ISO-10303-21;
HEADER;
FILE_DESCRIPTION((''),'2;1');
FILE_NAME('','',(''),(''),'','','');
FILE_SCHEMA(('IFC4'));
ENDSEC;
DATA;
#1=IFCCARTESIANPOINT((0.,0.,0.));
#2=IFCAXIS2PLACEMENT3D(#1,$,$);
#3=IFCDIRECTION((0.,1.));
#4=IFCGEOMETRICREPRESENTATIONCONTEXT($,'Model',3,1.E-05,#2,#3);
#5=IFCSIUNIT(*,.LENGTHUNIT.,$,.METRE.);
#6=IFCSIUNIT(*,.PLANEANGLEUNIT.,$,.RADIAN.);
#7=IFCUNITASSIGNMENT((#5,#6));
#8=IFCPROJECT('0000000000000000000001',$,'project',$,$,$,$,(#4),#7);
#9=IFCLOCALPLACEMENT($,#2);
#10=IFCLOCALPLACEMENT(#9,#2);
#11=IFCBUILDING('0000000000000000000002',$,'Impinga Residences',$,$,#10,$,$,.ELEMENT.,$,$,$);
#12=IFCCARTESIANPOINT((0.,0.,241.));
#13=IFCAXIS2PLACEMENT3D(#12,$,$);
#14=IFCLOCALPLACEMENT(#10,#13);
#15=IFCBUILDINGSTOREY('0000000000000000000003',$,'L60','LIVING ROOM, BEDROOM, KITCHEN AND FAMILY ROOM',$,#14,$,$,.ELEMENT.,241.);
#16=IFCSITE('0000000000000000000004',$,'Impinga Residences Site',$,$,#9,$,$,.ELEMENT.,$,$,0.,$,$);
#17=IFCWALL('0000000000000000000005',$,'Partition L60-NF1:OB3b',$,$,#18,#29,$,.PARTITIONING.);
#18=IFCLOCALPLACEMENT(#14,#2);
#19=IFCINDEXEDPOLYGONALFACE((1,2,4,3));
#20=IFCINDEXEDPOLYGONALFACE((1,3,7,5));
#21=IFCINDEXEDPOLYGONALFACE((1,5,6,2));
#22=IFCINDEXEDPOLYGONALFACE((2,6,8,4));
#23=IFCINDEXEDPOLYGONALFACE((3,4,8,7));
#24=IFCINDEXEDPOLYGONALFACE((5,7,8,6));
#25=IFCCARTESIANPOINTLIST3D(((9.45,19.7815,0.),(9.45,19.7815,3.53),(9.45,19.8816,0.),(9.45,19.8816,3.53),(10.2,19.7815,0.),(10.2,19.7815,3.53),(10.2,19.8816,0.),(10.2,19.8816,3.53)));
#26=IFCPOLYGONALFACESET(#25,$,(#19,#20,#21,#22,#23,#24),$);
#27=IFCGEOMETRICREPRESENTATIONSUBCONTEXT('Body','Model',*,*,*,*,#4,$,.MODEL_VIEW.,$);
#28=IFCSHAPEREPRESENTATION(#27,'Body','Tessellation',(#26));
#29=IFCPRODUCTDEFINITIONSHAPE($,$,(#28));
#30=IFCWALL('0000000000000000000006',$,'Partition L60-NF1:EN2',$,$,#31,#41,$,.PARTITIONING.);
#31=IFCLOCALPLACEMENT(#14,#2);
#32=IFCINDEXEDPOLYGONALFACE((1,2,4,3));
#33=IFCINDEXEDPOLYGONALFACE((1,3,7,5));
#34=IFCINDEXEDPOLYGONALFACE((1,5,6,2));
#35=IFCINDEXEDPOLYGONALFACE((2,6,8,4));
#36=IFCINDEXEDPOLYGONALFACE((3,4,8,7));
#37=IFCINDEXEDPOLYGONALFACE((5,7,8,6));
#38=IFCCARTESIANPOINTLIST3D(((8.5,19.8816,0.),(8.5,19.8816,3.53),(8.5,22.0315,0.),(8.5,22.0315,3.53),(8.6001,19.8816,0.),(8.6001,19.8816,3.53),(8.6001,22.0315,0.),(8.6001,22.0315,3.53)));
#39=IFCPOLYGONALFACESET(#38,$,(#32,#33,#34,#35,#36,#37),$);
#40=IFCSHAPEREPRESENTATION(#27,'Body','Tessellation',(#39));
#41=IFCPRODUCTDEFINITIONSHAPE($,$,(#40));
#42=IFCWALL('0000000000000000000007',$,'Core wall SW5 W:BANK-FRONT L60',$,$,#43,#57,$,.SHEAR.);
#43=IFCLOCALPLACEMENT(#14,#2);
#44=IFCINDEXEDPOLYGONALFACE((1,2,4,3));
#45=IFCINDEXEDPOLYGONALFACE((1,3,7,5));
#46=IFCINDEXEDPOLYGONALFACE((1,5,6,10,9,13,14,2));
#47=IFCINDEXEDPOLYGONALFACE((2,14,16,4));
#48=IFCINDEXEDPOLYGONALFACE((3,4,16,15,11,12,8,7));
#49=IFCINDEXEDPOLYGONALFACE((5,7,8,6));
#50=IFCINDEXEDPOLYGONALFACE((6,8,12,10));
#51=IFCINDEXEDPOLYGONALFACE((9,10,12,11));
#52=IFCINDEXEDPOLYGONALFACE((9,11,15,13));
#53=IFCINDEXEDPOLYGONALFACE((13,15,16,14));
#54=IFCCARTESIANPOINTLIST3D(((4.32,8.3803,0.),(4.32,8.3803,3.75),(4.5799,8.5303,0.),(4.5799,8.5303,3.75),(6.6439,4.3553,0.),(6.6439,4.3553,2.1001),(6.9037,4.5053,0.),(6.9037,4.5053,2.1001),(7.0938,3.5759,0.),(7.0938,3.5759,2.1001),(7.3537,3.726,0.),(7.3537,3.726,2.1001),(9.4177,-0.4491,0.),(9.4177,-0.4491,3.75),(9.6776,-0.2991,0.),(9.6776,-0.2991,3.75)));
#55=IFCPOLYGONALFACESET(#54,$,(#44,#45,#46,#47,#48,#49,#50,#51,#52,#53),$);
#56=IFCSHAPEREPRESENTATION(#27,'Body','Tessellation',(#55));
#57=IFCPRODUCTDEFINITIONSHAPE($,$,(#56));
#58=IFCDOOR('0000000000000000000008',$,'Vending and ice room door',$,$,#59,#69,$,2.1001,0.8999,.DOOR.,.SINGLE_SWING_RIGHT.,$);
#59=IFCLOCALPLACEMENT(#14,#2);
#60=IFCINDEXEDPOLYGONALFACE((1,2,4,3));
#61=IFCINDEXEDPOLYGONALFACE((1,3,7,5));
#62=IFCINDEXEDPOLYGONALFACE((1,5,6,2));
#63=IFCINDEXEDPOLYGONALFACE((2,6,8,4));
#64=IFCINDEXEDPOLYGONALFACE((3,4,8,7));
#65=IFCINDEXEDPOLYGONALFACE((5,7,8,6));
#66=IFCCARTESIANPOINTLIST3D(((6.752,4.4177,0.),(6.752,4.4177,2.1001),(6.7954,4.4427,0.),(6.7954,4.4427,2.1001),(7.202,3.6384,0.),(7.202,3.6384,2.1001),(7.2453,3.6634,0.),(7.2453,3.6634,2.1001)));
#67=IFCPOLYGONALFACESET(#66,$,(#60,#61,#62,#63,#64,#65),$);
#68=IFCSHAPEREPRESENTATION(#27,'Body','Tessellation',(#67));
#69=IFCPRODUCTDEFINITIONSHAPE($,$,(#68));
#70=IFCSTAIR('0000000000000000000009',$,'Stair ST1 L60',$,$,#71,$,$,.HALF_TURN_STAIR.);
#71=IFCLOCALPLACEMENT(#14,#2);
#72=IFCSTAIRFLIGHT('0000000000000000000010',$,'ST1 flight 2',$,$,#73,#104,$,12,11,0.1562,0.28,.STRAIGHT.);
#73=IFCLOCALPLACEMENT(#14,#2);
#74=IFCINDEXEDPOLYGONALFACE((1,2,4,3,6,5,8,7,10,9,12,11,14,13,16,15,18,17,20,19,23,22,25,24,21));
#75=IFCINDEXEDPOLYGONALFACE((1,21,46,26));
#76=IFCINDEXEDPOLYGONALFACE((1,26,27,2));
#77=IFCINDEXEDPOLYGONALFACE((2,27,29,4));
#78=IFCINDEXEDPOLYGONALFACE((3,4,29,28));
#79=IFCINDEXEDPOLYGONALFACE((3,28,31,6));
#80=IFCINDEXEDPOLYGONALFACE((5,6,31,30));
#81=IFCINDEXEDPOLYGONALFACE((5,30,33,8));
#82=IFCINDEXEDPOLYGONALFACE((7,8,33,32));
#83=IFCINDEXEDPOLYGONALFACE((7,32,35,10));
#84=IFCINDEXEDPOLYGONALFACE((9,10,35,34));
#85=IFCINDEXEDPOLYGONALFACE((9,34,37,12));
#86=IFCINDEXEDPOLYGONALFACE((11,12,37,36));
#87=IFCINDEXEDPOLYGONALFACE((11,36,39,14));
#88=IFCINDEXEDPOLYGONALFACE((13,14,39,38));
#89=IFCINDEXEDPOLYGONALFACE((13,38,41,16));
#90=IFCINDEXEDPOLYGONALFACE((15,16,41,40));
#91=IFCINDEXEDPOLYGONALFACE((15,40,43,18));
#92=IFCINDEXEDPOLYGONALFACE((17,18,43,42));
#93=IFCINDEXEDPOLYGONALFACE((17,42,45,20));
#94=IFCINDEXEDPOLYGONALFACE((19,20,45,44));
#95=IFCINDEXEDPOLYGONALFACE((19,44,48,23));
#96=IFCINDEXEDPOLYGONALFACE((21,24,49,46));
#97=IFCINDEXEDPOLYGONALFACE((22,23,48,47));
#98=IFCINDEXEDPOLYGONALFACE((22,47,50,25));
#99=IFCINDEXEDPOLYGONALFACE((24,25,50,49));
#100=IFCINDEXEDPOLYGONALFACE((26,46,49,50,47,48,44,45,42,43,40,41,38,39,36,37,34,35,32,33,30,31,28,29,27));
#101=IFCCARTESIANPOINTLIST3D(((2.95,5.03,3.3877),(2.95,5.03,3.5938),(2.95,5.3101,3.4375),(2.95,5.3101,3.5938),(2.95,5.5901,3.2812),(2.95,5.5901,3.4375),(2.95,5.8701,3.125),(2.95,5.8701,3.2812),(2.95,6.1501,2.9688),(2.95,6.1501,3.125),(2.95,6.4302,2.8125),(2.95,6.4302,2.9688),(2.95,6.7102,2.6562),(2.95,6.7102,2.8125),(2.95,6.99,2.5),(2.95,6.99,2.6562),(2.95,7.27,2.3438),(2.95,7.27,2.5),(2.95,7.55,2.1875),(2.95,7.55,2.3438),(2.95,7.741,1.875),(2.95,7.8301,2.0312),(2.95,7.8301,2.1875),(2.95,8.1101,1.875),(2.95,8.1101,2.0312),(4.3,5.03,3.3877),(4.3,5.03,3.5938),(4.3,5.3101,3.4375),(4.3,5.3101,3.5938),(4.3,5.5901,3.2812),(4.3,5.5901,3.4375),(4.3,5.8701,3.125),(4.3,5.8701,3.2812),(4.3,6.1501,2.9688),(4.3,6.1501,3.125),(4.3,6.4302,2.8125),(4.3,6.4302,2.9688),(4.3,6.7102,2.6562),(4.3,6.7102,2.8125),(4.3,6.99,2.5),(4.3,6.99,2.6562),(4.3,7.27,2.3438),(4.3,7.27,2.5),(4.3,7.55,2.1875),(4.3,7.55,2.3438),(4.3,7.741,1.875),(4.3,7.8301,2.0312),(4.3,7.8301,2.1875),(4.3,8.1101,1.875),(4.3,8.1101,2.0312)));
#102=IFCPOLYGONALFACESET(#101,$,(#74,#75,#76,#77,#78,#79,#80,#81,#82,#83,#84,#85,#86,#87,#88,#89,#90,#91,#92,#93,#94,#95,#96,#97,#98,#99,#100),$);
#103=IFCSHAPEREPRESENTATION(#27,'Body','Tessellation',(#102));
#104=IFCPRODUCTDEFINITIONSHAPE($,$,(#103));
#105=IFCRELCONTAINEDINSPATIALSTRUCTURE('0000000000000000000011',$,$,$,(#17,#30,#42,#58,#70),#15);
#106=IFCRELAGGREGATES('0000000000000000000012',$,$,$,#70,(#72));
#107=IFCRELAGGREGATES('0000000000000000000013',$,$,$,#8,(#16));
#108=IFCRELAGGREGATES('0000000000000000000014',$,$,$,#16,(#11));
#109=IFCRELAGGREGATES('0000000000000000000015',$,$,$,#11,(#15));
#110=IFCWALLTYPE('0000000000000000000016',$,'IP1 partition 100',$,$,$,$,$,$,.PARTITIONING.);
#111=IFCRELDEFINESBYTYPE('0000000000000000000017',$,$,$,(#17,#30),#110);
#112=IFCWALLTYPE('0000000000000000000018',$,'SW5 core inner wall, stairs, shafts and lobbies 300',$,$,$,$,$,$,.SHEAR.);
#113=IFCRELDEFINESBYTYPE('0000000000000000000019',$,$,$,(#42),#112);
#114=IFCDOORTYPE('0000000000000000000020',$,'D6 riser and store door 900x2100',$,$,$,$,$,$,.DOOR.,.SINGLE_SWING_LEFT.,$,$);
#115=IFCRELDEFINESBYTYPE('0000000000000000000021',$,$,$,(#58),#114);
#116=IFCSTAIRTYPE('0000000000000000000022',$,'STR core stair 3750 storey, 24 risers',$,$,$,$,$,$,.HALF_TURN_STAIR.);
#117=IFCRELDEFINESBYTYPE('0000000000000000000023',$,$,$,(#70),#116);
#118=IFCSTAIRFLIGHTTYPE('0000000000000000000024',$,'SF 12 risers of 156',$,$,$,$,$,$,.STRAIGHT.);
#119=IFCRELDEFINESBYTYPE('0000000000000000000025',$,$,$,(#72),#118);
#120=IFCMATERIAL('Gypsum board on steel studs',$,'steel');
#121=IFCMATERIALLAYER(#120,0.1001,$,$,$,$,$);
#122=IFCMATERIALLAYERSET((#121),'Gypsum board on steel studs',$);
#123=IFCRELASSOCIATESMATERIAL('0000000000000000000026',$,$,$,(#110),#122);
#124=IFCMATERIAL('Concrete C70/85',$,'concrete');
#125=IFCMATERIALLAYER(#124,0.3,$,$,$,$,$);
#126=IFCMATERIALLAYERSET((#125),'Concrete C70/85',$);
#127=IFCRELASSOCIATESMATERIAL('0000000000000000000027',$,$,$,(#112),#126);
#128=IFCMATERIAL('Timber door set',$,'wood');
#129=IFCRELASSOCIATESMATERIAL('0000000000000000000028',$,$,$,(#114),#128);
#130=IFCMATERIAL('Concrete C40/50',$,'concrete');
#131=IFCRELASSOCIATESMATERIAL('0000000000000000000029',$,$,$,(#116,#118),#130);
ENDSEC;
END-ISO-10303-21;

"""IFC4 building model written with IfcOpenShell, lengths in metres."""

from ifc_helpers import new_model, si_unit, direction, frame, frame_2d, origin, place, context, subcontext, project, spatial, polyline, rectangle, outline, extrude, material, layer, layer_set, type_object, element, fill, aggregate, save


model = new_model("IFC4")

# Units and contexts
model_context = context("Model", 3, precision=1e-05, world=origin(), true_north=direction((0.0, 1.0)))
body_context = subcontext(model_context, "Body", "Model", "MODEL_VIEW")
ifc_project = project(units=[si_unit("LENGTHUNIT", "METRE"), si_unit("PLANEANGLEUNIT", "RADIAN")], contexts=[model_context])

# Site, building, storey
site_placement = place(None, origin())
site = spatial("IfcSite", under=ifc_project, at=site_placement, Name="Impinga Residences Site", CompositionType="ELEMENT", RefElevation=0.0)
building_placement = place(site_placement, origin())
building = spatial("IfcBuilding", under=site, at=building_placement, Name="Impinga Residences", CompositionType="ELEMENT")
storey_placement = place(building_placement, frame((0.0, 0.0, 241.0)))
storey = spatial("IfcBuildingStorey", under=building, at=storey_placement, Name="L60", Description="LIVING ROOM, BEDROOM, KITCHEN AND FAMILY ROOM", CompositionType="ELEMENT", Elevation=241.0)

# Shared definitions
ifc_material_1 = material(Name="Gypsum board on steel studs", Category="steel")
ifc_layer_1 = layer(ifc_material_1, 0.1001)
ifc_layer_set_1 = layer_set([ifc_layer_1], Name="Gypsum board on steel studs")
wall_type_1 = type_object("IfcWallType", Name="IP1 partition 100", PredefinedType="PARTITIONING", material=ifc_layer_set_1)

# Shared definitions
ifc_material_2 = material(Name="Timber door set", Category="wood")

# Walls
wall_1_placement = place(storey_placement, frame((9.45, 19.8315, 0.0), z_axis=(0.0, 0.0, 1.0), x_axis=(1.0, 0.0, 0.0)))
element("IfcWall", 1, at=wall_1_placement, inside=storey, type_object=wall_type_1, Name="Partition L60-NF1:OB3b", PredefinedType="PARTITIONING", context=body_context, shape_type="SweptSolid", body=[
    extrude(rectangle(XDim=0.75, YDim=0.1001, at=frame_2d((0.375, 0.0))), origin(), (0.0, 0.0, 1.0), 3.53),
])
wall_2_placement = place(storey_placement, frame((8.55, 19.8816, 0.0), z_axis=(0.0, 0.0, 1.0), x_axis=(0.0, 1.0, 0.0)))
element("IfcWall", 2, at=wall_2_placement, inside=storey, type_object=wall_type_1, Name="Partition L60-NF1:EN2", PredefinedType="PARTITIONING", context=body_context, shape_type="SweptSolid", body=[
    extrude(rectangle(XDim=2.1499, YDim=0.1001, at=frame_2d((1.075, 0.0))), origin(), (0.0, 0.0, 1.0), 3.53),
])

# Wall, opening, door
ifc_material_3 = material(Name="Concrete C70/85", Category="concrete")
ifc_layer_2 = layer(ifc_material_3, 0.3)
ifc_layer_set_2 = layer_set([ifc_layer_2], Name="Concrete C70/85")
wall_type_2 = type_object("IfcWallType", Name="SW5 core inner wall, stairs, shafts and lobbies 300", PredefinedType="SHEAR", material=ifc_layer_set_2)
wall_3_placement = place(storey_placement, frame((4.45, 8.4553, 0.0), z_axis=(0.0, 0.0, 1.0), x_axis=(0.500002, -0.866024, 0.0)))
wall_3 = element("IfcWall", 3, at=wall_3_placement, inside=storey, type_object=wall_type_2, Name="Core wall SW5 W:BANK-FRONT L60", PredefinedType="SHEAR", context=body_context, shape_type="SweptSolid", body=[
    extrude(rectangle(XDim=10.1953, YDim=0.3, at=frame_2d((5.0977, 0.0))), origin(), (0.0, 0.0, 1.0), 3.75),
])
opening_1_placement = place(wall_3_placement, frame((4.6477, 0.0, 0.0)))
opening_1 = element("IfcOpeningElement", 4, at=opening_1_placement, cuts=wall_3, PredefinedType="OPENING", context=body_context, shape_type="SweptSolid", body=[
    extrude(rectangle(XDim=0.8999, YDim=2.1001, at=frame_2d((0.45, 1.05))), frame((0.0, 0.1599, 0.0), z_axis=(0.0, -1.0, 0.0), x_axis=(1.0, 0.0, 0.0)), (0.0, 0.0, 1.0), 0.3201),
])
door_type_1 = type_object("IfcDoorType", Name="D6 riser and store door 900x2100", OperationType="SINGLE_SWING_LEFT", PredefinedType="DOOR", material=ifc_material_2)
door_1_placement = place(opening_1_placement, origin())
door_1 = element("IfcDoor", 5, at=door_1_placement, inside=storey, type_object=door_type_1, Name="Vending and ice room door", OperationType="SINGLE_SWING_RIGHT", OverallHeight=2.1001, OverallWidth=0.8999, PredefinedType="DOOR", context=body_context, shape_type="SweptSolid", body=[
    extrude(rectangle(XDim=0.8999, YDim=2.1001, at=frame_2d((0.45, 1.05))), frame((0.0, 0.0249, 0.0), z_axis=(0.0, -1.0, 0.0), x_axis=(1.0, 0.0, 0.0)), (0.0, 0.0, 1.0), 0.05),
])
fill(opening_1, door_1)

# Stair, stair flight
ifc_material_4 = material(Name="Concrete C40/50", Category="concrete")
stair_type = type_object("IfcStairType", Name="STR core stair 3750 storey, 24 risers", PredefinedType="HALF_TURN_STAIR", material=ifc_material_4)
stair_placement = place(storey_placement, origin())
stair = element("IfcStair", 6, at=stair_placement, inside=storey, type_object=stair_type, Name="Stair ST1 L60", PredefinedType="HALF_TURN_STAIR")
stair_flight_type = type_object("IfcStairFlightType", Name="SF 12 risers of 156", PredefinedType="STRAIGHT", material=ifc_material_4)
stair_flight_placement = place(storey_placement, frame((3.625, 8.1101, 1.875), z_axis=(0.0, 0.0, 1.0), x_axis=(0.0, -1.0, 0.0)))
stair_flight = element("IfcStairFlight", 7, at=stair_flight_placement, type_object=stair_flight_type, Name="ST1 flight 2", NumberOfRisers=12, NumberOfTreads=11, PredefinedType="STRAIGHT", RiserHeight=0.1562, TreadLength=0.28, context=body_context, shape_type="SweptSolid", body=[
    extrude(outline(polyline([(0.0, 0.0), (0.0, 0.1562), (0.28, 0.1562), (0.28, 0.3125), (0.5601, 0.3125), (0.5601, 0.4688), (0.8401, 0.4688), (0.8401, 0.625), (1.1201, 0.625), (1.1201, 0.7812), (1.3999, 0.7812), (1.3999, 0.9375), (1.6799, 0.9375), (1.6799, 1.0938), (1.96, 1.0938), (1.96, 1.25), (2.24, 1.25), (2.24, 1.4062), (2.52, 1.4062), (2.52, 1.5625), (2.8, 1.5625), (2.8, 1.7188), (3.0801, 1.7188), (3.0801, 1.875), (3.0801, 1.5127), (0.3691, 0.0), (0.0, 0.0)])), frame((0.0, 0.675, 0.0), z_axis=(0.0, -1.0, 0.0), x_axis=(1.0, 0.0, 0.0)), (0.0, 0.0, 1.0), 1.3501),
])
aggregate(stair, [stair_flight])

save(model, "model.ifc")
